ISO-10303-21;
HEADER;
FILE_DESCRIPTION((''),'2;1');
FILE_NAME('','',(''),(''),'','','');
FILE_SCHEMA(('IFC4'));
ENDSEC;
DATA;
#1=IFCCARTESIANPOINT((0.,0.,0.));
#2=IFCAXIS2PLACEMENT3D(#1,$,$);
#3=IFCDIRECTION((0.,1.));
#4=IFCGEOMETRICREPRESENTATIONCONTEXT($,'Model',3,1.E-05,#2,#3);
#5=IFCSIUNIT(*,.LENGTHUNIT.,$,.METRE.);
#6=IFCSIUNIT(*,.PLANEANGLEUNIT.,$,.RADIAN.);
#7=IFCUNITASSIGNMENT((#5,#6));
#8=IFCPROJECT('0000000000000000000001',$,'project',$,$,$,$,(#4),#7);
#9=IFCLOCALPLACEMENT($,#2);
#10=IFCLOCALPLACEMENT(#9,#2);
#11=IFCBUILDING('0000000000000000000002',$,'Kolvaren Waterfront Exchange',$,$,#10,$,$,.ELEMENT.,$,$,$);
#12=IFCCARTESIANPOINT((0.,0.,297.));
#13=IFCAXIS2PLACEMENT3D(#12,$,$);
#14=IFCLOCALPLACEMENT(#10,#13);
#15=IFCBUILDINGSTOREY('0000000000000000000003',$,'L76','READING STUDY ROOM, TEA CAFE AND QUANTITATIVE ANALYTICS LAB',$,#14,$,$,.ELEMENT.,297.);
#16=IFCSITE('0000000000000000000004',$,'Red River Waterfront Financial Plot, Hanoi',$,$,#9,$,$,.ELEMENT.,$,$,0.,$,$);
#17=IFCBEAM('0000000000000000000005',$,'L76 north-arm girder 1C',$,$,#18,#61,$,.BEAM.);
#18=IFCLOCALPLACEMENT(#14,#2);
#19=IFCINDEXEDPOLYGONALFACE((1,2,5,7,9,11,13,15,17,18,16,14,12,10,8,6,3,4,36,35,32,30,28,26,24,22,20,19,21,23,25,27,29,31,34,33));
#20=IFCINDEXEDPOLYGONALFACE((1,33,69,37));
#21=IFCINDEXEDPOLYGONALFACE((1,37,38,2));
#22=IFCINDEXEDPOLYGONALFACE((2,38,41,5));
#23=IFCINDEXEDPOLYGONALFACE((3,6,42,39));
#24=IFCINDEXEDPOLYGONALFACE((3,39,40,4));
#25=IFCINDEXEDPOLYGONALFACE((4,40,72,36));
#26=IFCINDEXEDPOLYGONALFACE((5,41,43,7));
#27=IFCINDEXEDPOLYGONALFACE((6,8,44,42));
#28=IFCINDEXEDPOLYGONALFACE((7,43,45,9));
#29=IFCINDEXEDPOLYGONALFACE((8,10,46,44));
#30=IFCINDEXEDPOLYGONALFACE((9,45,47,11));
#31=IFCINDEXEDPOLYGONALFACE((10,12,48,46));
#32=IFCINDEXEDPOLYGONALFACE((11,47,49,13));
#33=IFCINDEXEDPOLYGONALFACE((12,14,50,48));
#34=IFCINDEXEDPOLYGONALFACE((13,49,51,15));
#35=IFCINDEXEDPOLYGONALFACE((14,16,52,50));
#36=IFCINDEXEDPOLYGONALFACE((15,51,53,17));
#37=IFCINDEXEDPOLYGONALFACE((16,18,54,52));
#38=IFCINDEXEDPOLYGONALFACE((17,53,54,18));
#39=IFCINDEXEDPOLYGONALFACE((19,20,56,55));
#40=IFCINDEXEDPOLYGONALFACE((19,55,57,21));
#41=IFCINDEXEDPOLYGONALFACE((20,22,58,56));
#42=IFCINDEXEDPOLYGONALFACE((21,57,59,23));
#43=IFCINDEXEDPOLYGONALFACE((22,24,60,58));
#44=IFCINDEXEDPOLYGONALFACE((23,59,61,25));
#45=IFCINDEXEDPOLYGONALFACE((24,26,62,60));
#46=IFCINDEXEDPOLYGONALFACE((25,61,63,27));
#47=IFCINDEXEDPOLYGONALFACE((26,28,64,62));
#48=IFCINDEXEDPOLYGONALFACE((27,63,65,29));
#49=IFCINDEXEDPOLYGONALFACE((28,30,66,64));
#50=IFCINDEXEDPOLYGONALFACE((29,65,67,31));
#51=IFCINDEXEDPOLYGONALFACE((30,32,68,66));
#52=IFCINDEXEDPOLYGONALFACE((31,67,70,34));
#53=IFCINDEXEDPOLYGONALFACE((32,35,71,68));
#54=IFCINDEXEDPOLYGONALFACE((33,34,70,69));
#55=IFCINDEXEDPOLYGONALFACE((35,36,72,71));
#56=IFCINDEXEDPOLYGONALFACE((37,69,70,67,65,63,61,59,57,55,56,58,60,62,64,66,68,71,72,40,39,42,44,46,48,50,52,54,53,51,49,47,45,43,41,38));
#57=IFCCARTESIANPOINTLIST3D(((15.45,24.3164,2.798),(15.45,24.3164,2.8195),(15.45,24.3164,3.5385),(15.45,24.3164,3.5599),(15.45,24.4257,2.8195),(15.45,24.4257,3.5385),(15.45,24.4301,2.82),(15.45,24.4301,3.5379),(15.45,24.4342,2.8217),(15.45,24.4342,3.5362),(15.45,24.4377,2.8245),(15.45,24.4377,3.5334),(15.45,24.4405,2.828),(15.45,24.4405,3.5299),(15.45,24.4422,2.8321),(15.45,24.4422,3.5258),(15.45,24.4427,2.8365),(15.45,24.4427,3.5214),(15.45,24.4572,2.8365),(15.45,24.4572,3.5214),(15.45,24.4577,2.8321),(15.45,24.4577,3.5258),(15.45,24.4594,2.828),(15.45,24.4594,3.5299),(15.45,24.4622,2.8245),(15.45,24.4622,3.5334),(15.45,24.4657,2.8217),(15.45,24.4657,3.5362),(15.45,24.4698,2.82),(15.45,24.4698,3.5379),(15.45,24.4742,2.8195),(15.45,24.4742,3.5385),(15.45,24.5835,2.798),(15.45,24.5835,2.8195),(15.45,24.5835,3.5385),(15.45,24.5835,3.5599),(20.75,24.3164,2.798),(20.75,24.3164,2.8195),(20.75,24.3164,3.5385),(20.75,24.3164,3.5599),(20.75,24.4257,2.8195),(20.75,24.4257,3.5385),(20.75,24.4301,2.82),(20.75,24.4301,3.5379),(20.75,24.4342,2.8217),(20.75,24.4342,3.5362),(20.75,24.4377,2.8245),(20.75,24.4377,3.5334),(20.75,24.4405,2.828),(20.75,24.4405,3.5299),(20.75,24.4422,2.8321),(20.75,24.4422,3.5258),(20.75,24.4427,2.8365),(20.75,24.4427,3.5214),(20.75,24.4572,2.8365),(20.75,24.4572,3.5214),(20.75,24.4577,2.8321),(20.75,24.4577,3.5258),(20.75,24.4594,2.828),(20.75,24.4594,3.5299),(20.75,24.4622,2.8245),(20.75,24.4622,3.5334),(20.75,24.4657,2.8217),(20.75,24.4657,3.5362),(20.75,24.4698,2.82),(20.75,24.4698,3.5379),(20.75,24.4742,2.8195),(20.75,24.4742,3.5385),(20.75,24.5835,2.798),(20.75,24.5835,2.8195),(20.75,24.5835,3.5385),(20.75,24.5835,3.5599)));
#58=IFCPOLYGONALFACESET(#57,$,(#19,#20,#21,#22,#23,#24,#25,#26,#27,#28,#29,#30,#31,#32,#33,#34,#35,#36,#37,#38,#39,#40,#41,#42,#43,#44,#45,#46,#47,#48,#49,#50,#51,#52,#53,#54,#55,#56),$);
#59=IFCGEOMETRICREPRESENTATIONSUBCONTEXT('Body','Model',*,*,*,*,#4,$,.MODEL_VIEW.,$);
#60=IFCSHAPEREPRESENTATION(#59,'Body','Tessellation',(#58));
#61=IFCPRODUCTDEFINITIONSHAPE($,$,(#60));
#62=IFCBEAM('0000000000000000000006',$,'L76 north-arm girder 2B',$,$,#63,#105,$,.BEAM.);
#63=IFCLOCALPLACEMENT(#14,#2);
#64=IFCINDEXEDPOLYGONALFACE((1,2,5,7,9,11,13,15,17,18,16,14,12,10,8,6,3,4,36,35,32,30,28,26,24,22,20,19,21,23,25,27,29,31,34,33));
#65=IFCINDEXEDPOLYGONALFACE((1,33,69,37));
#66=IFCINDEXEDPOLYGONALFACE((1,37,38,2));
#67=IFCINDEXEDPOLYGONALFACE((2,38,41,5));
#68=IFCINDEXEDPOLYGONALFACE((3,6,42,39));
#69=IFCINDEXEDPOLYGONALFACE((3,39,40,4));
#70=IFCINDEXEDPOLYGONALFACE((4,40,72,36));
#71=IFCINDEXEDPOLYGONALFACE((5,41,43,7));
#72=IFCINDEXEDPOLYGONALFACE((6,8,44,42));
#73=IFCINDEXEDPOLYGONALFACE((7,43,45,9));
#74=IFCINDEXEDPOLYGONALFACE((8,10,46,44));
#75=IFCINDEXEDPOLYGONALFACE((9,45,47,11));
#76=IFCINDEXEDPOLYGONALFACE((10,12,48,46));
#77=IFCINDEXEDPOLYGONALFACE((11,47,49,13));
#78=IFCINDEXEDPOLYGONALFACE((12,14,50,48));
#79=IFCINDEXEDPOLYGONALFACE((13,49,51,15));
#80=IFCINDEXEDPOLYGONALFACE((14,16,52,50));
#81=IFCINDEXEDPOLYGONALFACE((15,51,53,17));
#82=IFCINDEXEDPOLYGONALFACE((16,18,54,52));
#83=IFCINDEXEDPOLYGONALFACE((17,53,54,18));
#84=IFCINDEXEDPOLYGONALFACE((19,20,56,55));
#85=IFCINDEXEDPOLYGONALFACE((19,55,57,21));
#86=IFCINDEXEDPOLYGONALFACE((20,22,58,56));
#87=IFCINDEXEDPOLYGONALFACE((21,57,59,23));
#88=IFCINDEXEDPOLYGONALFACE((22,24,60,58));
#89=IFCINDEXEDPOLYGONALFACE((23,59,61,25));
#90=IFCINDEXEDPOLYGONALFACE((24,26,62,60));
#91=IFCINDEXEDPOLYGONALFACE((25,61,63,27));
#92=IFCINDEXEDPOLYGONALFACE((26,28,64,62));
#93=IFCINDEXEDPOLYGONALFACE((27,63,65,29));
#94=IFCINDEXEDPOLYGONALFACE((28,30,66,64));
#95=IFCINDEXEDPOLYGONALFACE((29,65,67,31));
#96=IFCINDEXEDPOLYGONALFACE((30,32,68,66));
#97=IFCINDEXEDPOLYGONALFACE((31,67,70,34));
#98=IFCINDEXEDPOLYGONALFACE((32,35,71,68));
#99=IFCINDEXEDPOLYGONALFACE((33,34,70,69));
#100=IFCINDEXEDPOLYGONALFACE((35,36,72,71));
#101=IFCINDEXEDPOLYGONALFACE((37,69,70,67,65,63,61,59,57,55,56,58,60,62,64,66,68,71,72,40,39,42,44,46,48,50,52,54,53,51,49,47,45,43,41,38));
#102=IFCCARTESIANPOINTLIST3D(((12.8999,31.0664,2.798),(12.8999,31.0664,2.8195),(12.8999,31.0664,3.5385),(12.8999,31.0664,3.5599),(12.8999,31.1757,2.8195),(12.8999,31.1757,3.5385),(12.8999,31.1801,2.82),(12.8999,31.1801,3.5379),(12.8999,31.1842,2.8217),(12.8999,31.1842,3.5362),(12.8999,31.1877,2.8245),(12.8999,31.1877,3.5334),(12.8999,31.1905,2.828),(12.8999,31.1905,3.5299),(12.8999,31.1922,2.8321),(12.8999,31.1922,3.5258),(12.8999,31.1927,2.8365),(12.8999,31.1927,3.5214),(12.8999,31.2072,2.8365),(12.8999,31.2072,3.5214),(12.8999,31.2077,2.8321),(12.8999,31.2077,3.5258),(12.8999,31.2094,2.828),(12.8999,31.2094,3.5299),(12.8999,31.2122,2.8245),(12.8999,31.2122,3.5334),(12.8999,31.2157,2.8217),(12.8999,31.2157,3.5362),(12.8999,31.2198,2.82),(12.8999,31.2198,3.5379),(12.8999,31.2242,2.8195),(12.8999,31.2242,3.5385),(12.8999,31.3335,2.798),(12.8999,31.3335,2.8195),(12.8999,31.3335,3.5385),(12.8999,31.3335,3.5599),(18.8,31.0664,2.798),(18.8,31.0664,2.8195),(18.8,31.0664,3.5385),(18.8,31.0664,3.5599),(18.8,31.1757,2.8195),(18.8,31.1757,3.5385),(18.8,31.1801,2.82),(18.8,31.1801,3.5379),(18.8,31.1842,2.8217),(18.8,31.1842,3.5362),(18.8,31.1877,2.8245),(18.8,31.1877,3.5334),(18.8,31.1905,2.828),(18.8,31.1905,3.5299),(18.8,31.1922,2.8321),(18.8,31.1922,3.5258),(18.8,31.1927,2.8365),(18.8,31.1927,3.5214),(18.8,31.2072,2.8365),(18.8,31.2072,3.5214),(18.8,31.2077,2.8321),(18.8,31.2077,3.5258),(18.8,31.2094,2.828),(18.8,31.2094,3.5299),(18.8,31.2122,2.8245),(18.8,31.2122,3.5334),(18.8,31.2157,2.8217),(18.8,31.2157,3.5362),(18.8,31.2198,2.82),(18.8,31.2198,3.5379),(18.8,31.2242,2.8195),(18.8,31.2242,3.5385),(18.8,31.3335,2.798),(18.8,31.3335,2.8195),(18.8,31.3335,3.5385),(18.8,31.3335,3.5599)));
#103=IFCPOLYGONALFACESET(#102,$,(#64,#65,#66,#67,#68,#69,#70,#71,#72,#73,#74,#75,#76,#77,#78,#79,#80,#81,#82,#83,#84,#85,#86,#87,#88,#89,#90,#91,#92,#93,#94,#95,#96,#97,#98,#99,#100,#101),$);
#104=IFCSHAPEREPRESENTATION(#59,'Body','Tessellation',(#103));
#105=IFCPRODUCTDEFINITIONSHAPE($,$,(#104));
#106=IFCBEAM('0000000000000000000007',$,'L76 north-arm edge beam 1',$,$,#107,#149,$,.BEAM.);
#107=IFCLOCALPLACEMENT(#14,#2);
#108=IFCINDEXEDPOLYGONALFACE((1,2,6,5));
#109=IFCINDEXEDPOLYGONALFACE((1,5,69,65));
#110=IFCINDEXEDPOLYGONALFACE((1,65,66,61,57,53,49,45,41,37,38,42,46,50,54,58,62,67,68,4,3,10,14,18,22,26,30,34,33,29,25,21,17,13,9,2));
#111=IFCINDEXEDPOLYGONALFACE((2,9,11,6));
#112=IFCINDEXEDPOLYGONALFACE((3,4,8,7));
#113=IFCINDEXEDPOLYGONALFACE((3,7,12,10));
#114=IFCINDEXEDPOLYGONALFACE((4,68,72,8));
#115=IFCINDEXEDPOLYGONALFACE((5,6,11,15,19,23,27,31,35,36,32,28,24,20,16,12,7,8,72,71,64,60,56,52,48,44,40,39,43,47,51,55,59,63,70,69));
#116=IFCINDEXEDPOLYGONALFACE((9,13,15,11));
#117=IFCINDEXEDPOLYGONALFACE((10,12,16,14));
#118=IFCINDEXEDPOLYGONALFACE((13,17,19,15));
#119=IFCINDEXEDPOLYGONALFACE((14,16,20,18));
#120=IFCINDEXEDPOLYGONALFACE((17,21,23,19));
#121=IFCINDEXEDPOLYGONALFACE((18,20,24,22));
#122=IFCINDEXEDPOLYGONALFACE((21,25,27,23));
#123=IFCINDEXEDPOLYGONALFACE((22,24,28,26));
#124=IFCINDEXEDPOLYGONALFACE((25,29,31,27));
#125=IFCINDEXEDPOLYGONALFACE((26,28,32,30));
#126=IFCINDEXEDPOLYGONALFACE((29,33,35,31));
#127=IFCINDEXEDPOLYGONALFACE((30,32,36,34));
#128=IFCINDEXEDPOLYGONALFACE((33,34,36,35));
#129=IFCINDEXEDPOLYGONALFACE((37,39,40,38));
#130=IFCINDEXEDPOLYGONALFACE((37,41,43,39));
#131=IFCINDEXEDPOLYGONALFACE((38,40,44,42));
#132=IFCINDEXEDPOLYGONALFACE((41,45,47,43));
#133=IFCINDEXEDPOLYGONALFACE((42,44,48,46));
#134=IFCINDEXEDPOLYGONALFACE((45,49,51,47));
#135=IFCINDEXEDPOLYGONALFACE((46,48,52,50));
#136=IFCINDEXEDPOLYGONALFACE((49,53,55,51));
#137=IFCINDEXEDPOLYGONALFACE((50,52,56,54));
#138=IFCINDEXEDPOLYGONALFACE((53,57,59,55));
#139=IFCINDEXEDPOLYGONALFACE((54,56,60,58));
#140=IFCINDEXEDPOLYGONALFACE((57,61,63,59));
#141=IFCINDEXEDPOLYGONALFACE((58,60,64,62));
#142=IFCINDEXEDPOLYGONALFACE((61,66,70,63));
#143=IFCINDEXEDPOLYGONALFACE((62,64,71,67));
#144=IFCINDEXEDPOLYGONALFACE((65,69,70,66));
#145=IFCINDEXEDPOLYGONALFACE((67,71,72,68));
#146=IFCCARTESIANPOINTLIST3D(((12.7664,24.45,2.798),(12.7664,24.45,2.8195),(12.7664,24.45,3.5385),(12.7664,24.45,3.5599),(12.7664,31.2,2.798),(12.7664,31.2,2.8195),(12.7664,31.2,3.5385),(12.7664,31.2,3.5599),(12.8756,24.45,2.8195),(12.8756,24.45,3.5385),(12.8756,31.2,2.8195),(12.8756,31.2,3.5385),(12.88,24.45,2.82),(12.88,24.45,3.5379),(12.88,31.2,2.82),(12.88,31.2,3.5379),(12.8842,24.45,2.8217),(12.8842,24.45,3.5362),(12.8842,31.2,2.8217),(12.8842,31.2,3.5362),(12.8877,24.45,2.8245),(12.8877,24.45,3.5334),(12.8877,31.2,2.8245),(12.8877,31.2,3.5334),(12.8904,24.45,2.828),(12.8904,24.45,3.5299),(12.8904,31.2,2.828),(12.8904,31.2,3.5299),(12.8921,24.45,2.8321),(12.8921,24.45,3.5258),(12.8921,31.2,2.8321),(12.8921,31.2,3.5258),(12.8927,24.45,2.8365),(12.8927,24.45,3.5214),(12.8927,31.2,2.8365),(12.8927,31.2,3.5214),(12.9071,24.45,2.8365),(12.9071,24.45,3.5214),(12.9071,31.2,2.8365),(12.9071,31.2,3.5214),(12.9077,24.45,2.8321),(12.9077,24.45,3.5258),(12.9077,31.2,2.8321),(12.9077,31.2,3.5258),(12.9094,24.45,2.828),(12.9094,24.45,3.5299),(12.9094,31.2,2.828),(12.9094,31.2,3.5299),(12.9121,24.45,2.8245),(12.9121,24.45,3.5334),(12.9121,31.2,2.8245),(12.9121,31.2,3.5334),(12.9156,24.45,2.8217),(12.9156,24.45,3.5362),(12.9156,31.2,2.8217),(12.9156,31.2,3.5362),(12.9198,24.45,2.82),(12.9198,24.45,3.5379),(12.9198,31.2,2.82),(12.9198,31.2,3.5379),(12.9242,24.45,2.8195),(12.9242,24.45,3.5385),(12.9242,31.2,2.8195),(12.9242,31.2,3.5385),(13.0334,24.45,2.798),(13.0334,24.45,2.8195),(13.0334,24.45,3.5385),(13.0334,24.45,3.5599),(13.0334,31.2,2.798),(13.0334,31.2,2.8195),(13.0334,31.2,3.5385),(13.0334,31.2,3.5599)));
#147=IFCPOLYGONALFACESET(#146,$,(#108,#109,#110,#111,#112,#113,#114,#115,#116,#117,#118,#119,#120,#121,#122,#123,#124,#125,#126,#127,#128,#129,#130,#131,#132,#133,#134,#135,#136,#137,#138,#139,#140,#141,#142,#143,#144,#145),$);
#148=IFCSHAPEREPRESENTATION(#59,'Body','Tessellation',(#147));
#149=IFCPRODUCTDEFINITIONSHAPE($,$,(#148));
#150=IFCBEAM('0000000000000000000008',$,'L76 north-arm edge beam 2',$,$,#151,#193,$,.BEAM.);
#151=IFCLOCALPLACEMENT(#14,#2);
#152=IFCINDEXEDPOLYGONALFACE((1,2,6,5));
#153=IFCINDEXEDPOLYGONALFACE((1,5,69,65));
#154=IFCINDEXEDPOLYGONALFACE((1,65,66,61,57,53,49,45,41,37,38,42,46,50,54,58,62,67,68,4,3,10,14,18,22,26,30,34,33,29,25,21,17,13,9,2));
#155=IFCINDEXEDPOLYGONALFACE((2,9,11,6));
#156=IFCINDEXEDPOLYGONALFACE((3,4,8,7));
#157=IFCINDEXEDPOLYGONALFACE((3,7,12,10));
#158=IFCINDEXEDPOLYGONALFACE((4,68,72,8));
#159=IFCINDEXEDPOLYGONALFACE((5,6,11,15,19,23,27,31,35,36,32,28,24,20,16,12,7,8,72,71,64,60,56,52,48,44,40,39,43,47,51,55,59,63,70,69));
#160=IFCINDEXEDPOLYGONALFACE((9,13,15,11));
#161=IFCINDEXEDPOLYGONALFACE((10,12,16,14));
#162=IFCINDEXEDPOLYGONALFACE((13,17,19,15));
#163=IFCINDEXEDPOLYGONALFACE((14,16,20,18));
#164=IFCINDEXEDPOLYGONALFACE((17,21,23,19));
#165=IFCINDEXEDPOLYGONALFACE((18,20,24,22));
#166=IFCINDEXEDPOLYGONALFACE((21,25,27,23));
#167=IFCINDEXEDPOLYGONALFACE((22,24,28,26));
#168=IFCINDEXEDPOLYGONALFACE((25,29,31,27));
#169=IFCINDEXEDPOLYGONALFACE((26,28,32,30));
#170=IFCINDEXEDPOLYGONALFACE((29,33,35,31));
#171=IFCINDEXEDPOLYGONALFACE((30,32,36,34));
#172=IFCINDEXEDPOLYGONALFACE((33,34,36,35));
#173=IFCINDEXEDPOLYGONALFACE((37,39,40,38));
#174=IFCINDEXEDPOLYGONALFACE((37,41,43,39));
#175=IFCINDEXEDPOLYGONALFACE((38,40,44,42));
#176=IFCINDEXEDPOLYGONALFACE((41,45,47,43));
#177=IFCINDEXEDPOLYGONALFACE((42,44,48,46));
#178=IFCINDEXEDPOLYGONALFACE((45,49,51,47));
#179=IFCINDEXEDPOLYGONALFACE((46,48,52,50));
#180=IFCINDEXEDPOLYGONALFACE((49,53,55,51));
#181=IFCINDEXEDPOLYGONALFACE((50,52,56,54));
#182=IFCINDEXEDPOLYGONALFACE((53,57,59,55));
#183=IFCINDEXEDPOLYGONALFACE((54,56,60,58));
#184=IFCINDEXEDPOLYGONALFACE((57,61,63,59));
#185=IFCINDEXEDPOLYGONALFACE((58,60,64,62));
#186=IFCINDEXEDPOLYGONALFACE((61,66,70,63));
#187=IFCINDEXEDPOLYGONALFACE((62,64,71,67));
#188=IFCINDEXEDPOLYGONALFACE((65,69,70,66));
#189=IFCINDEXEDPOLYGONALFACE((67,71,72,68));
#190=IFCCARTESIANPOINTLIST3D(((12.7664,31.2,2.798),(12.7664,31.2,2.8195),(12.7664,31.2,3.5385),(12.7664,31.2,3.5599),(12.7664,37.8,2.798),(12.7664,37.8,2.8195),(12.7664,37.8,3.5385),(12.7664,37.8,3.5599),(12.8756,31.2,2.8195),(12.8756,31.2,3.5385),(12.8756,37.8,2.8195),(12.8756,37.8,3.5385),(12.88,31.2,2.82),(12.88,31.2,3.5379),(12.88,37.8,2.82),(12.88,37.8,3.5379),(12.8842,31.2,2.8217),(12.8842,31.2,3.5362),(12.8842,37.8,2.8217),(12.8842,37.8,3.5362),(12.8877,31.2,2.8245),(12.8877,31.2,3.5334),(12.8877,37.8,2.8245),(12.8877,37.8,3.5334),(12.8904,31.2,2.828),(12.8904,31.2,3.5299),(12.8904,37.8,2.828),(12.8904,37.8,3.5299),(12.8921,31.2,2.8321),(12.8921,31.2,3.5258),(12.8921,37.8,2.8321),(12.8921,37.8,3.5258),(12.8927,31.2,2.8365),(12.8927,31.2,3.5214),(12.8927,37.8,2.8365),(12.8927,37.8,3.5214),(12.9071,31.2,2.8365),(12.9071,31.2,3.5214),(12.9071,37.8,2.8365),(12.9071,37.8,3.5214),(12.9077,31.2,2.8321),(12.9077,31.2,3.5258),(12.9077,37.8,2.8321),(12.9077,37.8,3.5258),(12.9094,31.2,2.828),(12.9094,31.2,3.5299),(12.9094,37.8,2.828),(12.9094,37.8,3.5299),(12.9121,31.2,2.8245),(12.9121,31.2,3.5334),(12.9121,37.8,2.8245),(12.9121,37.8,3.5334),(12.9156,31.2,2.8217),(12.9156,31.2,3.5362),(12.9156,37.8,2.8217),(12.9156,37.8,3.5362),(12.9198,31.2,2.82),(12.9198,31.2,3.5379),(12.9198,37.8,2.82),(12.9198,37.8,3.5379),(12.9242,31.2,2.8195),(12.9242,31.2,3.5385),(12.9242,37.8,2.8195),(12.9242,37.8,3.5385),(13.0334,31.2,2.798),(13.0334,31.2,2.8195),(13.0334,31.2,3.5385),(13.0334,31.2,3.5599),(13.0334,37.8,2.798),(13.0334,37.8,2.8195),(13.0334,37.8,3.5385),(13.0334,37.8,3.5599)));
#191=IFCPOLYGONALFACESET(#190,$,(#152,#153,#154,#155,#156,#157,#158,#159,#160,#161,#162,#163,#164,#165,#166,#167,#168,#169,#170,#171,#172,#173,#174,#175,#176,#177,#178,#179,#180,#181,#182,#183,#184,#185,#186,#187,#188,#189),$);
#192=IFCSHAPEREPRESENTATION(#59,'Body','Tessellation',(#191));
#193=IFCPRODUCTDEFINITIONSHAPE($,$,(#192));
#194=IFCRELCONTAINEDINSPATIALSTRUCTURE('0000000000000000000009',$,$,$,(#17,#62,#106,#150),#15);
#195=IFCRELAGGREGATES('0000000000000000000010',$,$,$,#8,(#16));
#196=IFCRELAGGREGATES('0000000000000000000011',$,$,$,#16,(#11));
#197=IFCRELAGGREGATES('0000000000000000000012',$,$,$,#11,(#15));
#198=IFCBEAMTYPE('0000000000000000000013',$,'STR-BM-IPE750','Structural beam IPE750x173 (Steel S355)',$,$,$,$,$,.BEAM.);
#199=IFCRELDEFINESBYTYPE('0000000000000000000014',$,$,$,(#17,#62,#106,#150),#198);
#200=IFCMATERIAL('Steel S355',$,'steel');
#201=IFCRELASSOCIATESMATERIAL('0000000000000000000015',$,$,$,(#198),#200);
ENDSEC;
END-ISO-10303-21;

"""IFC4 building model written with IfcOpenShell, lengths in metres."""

from ifc_helpers import new_model, si_unit, direction, frame, origin, origin_2d, place, context, subcontext, project, spatial, i_section, extrude, material, material_profile, profile_set, type_object, element, save


model = new_model("IFC4")

# Units and contexts
model_context = context("Model", 3, precision=1e-05, world=origin(), true_north=direction((0.0, 1.0)))
body_context = subcontext(model_context, "Body", "Model", "MODEL_VIEW")
ifc_project = project(units=[si_unit("LENGTHUNIT", "METRE"), si_unit("PLANEANGLEUNIT", "RADIAN")], contexts=[model_context])

# Site, building, storey
site_placement = place(None, origin())
site = spatial("IfcSite", under=ifc_project, at=site_placement, Name="Red River Waterfront Financial Plot, Hanoi", CompositionType="ELEMENT", RefElevation=0.0)
building_placement = place(site_placement, origin())
building = spatial("IfcBuilding", under=site, at=building_placement, Name="Kolvaren Waterfront Exchange", CompositionType="ELEMENT")
storey_placement = place(building_placement, frame((0.0, 0.0, 297.0)))
storey = spatial("IfcBuildingStorey", under=building, at=storey_placement, Name="L76", Description="READING STUDY ROOM, TEA CAFE AND QUANTITATIVE ANALYTICS LAB", CompositionType="ELEMENT", Elevation=297.0)

# Beams
ifc_material_1 = material(Name="Steel S355", Category="steel")
ifc_material_profile_1 = material_profile(ifc_material_1, i_section(OverallWidth=0.2671, OverallDepth=0.762, WebThickness=0.0144, FlangeThickness=0.0215, FilletRadius=0.0171, at=origin_2d()), Name="IPE750x173")
ifc_profile_set_1 = profile_set([ifc_material_profile_1], Name="Steel S355")
beam_type_1 = type_object("IfcBeamType", Name="STR-BM-IPE750", Description="Structural beam IPE750x173 (Steel S355)", PredefinedType="BEAM", material=ifc_profile_set_1)
beam_1_placement = place(storey_placement, frame((15.45, 24.45, 3.179), z_axis=(1.0, 0.0, 0.0), x_axis=(0.0, 1.0, 0.0)))
element("IfcBeam", 1, at=beam_1_placement, inside=storey, type_object=beam_type_1, Name="L76 north-arm girder 1C", PredefinedType="BEAM", context=body_context, shape_type="SweptSolid", body=[
    extrude(i_section(OverallWidth=0.2671, OverallDepth=0.762, WebThickness=0.0144, FlangeThickness=0.0215, FilletRadius=0.0171, at=origin_2d()), origin(), (0.0, 0.0, 1.0), 5.3),
])
beam_2_placement = place(storey_placement, frame((12.8999, 31.2, 3.179), z_axis=(1.0, 0.0, 0.0), x_axis=(0.0, 1.0, 0.0)))
element("IfcBeam", 2, at=beam_2_placement, inside=storey, type_object=beam_type_1, Name="L76 north-arm girder 2B", PredefinedType="BEAM", context=body_context, shape_type="SweptSolid", body=[
    extrude(i_section(OverallWidth=0.2671, OverallDepth=0.762, WebThickness=0.0144, FlangeThickness=0.0215, FilletRadius=0.0171, at=origin_2d()), origin(), (0.0, 0.0, 1.0), 5.9001),
])
beam_3_placement = place(storey_placement, frame((12.8999, 24.45, 3.179), z_axis=(0.0, 1.0, 0.0), x_axis=(-1.0, 0.0, 0.0)))
element("IfcBeam", 3, at=beam_3_placement, inside=storey, type_object=beam_type_1, Name="L76 north-arm edge beam 1", PredefinedType="BEAM", context=body_context, shape_type="SweptSolid", body=[
    extrude(i_section(OverallWidth=0.2671, OverallDepth=0.762, WebThickness=0.0144, FlangeThickness=0.0215, FilletRadius=0.0171, at=origin_2d()), origin(), (0.0, 0.0, 1.0), 6.75),
])
beam_4_placement = place(storey_placement, frame((12.8999, 31.2, 3.179), z_axis=(0.0, 1.0, 0.0), x_axis=(-1.0, 0.0, 0.0)))
element("IfcBeam", 4, at=beam_4_placement, inside=storey, type_object=beam_type_1, Name="L76 north-arm edge beam 2", PredefinedType="BEAM", context=body_context, shape_type="SweptSolid", body=[
    extrude(i_section(OverallWidth=0.2671, OverallDepth=0.762, WebThickness=0.0144, FlangeThickness=0.0215, FilletRadius=0.0171, at=origin_2d()), origin(), (0.0, 0.0, 1.0), 6.6001),
])

save(model, "model.ifc")
